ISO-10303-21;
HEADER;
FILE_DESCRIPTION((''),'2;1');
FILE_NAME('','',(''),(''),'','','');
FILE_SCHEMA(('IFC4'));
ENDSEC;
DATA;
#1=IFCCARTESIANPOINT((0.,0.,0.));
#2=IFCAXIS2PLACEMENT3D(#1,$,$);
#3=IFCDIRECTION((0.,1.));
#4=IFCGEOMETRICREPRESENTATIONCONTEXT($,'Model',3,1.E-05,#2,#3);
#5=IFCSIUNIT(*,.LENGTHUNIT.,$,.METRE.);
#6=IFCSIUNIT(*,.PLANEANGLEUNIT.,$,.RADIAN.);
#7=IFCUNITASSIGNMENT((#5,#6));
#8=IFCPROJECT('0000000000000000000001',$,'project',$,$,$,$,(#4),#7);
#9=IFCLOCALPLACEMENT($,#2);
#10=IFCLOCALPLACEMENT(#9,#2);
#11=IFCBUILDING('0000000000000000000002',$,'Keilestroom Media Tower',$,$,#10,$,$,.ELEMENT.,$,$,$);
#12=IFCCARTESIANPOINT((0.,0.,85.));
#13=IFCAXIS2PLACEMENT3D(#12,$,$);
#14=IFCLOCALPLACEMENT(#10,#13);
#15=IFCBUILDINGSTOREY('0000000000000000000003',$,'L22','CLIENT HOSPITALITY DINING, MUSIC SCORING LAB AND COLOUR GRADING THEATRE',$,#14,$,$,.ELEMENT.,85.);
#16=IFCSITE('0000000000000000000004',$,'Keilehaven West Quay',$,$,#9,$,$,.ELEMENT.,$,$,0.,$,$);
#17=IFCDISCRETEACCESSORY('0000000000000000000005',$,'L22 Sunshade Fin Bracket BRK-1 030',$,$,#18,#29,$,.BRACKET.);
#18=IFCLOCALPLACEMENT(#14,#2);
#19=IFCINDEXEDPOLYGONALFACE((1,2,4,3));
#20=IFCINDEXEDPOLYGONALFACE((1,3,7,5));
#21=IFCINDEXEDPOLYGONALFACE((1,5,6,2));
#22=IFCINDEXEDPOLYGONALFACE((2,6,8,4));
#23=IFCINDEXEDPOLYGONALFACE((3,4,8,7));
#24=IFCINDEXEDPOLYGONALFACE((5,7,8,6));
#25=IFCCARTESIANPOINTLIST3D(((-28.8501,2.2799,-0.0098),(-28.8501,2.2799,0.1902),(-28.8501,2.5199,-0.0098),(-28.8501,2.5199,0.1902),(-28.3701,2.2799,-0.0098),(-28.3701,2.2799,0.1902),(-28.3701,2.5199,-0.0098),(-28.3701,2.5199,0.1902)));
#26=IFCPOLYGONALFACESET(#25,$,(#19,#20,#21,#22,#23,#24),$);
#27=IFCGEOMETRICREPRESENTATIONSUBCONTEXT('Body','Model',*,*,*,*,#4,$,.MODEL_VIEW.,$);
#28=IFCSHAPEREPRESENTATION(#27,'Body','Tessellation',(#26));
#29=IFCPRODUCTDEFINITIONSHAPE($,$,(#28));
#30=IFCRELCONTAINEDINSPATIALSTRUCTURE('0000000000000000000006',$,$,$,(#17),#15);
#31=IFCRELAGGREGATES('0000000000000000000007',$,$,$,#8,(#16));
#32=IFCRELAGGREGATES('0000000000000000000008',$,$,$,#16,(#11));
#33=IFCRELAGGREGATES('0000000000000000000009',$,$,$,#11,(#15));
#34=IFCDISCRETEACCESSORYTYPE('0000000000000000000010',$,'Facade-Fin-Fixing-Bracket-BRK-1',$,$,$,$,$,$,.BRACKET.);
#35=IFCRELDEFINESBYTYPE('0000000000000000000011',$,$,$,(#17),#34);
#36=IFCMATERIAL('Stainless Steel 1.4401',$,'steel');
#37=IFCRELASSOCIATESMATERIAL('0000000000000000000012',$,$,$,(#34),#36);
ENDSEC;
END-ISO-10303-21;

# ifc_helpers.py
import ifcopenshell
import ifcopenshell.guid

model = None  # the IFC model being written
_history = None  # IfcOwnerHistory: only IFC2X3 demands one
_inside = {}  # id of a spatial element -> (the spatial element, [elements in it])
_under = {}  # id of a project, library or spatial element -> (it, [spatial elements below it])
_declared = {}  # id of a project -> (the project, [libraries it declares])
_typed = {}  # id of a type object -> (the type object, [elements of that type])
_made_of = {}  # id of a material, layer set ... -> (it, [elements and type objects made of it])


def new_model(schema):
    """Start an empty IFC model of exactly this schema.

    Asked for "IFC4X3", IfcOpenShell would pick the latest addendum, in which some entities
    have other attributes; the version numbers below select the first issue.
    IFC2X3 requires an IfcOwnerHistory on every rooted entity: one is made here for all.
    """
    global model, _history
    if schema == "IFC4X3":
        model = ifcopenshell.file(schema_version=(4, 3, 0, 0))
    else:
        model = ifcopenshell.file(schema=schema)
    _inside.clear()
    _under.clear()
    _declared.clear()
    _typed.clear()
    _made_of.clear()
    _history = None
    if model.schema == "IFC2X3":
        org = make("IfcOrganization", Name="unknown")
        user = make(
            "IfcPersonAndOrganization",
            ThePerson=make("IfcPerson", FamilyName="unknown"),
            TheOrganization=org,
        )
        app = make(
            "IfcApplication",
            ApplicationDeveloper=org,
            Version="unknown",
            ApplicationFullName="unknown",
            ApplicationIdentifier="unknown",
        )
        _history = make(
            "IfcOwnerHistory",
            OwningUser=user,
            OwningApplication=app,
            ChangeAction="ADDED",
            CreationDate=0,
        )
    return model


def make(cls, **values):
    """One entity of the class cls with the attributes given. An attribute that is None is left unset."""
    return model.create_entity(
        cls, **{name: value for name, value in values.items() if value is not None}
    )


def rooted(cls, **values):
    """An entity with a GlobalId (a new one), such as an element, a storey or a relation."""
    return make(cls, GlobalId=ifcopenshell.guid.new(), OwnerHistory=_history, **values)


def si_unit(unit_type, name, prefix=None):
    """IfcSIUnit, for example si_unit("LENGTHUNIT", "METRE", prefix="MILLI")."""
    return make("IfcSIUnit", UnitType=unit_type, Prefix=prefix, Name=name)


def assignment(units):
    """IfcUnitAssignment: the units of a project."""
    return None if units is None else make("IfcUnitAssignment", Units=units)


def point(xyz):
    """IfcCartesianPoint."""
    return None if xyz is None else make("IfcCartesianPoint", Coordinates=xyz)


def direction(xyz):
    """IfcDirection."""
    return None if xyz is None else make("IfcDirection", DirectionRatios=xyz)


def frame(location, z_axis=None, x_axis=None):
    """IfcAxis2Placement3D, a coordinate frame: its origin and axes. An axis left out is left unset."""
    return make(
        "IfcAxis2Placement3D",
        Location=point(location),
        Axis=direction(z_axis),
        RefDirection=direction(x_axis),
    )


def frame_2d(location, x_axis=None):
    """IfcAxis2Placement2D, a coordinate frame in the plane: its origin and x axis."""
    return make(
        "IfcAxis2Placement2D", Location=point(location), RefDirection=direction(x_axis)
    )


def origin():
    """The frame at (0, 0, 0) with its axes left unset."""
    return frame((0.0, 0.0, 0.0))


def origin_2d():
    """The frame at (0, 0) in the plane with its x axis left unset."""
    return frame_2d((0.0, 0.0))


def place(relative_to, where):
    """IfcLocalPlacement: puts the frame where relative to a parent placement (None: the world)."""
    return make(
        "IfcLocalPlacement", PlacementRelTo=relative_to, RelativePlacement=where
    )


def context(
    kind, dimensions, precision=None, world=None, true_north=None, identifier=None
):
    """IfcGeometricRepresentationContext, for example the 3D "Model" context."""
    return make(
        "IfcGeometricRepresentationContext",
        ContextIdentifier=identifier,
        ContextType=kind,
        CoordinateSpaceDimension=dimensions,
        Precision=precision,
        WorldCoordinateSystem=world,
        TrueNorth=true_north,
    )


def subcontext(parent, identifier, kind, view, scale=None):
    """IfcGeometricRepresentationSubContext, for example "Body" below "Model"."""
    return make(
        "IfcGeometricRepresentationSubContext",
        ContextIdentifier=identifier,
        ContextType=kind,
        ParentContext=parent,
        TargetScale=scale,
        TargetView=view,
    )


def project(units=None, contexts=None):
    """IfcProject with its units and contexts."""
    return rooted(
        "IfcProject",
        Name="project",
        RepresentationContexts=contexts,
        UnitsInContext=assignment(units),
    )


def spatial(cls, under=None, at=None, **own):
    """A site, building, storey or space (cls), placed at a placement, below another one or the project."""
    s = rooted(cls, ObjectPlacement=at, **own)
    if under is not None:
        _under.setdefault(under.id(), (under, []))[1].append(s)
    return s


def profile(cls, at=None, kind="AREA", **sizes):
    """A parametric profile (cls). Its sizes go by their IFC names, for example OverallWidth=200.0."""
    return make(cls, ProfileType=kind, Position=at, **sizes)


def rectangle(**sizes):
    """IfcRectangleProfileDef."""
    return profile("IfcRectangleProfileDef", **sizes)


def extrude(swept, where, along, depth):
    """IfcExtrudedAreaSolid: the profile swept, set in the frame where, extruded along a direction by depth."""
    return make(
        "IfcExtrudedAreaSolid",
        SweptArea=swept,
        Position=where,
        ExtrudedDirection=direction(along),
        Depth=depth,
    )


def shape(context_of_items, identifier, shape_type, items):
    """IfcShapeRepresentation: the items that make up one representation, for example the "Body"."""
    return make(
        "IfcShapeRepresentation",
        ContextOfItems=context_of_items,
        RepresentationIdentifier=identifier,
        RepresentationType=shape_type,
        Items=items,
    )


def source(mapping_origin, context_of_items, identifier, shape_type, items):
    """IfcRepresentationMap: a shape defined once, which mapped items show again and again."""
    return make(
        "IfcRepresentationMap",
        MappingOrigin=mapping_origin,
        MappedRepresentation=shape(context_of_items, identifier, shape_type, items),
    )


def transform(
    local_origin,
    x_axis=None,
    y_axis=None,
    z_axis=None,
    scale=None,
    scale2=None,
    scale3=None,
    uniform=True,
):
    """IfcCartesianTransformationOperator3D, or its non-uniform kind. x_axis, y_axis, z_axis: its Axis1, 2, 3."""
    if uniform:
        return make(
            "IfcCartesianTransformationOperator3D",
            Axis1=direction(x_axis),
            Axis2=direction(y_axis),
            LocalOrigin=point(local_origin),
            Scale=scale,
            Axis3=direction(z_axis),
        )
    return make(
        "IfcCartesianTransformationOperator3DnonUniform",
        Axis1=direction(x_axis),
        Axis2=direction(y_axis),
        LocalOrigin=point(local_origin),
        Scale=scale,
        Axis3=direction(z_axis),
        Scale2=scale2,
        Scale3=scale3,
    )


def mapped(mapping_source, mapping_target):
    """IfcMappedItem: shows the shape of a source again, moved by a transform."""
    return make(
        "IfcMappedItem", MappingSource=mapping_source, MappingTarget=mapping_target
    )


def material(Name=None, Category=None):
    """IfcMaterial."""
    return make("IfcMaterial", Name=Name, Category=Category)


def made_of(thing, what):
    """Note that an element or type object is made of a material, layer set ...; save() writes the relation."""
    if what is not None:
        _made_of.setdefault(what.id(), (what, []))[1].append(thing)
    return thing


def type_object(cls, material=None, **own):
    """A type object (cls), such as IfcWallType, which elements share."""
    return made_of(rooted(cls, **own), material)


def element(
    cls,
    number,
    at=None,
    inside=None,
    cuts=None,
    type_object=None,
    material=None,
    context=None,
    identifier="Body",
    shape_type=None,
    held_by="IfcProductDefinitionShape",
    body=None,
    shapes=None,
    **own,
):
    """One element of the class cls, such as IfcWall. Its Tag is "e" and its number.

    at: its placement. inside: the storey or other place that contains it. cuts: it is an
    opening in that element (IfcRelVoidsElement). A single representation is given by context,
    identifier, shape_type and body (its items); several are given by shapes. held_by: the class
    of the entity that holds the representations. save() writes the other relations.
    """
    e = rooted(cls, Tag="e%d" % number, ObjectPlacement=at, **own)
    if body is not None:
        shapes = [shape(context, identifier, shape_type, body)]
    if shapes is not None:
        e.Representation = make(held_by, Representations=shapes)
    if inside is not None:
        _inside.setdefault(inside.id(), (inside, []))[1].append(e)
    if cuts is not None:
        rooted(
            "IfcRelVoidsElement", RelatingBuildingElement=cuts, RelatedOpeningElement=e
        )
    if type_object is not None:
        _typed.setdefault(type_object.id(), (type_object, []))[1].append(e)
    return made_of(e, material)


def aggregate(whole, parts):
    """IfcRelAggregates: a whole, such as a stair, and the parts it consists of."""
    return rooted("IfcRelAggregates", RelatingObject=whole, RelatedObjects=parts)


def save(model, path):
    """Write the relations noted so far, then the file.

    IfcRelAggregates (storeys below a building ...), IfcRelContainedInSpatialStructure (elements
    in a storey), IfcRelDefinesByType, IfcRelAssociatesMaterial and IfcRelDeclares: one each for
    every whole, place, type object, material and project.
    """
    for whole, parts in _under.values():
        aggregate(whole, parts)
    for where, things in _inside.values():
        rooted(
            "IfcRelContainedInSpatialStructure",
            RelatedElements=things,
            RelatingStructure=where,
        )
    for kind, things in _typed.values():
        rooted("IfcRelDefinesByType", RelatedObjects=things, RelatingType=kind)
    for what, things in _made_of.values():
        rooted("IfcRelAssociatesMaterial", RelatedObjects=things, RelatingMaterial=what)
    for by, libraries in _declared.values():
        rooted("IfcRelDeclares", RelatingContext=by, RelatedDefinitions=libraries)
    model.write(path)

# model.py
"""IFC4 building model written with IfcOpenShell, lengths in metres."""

from ifc_helpers import new_model, si_unit, direction, frame, origin, origin_2d, place, context, subcontext, project, spatial, rectangle, extrude, source, transform, mapped, material, type_object, element, save


model = new_model("IFC4")

# Units and contexts
model_context = context("Model", 3, precision=1e-05, world=origin(), true_north=direction((0.0, 1.0)))
body_context = subcontext(model_context, "Body", "Model", "MODEL_VIEW")
ifc_project = project(units=[si_unit("LENGTHUNIT", "METRE"), si_unit("PLANEANGLEUNIT", "RADIAN")], contexts=[model_context])

# Site, building, storey
site_placement = place(None, origin())
site = spatial("IfcSite", under=ifc_project, at=site_placement, Name="Keilehaven West Quay", CompositionType="ELEMENT", RefElevation=0.0)
building_placement = place(site_placement, origin())
building = spatial("IfcBuilding", under=site, at=building_placement, Name="Keilestroom Media Tower", CompositionType="ELEMENT")
storey_placement = place(building_placement, frame((0.0, 0.0, 85.0)))
storey = spatial("IfcBuildingStorey", under=building, at=storey_placement, Name="L22", Description="CLIENT HOSPITALITY DINING, MUSIC SCORING LAB AND COLOUR GRADING THEATRE", CompositionType="ELEMENT", Elevation=85.0)

# Discrete accessory
ifc_material_1 = material(Name="Stainless Steel 1.4401", Category="steel")
discrete_accessory_type = type_object("IfcDiscreteAccessoryType", Name="Facade-Fin-Fixing-Bracket-BRK-1", PredefinedType="BRACKET", material=ifc_material_1)
shared_shape_1 = source(origin(), body_context, "Body", "SweptSolid", [
    extrude(rectangle(XDim=0.48, YDim=0.24, at=origin_2d()), origin(), (0.0, 0.0, 1.0), 0.2),
])
discrete_accessory_placement = place(storey_placement, frame((-28.6101, 2.3999, -0.0098), z_axis=(0.0, 0.0, 1.0), x_axis=(1.0, 0.0, 0.0)))
element("IfcDiscreteAccessory", 1, at=discrete_accessory_placement, inside=storey, type_object=discrete_accessory_type, Name="L22 Sunshade Fin Bracket BRK-1 030", PredefinedType="BRACKET", context=body_context, shape_type="MappedRepresentation", body=[
    mapped(shared_shape_1, transform((0.0, 0.0, 0.0), x_axis=(1.0, 0.0, 0.0), y_axis=(0.0, 1.0, 0.0), z_axis=(0.0, 0.0, 1.0), scale=1.0)),
])

save(model, "model.ifc")
